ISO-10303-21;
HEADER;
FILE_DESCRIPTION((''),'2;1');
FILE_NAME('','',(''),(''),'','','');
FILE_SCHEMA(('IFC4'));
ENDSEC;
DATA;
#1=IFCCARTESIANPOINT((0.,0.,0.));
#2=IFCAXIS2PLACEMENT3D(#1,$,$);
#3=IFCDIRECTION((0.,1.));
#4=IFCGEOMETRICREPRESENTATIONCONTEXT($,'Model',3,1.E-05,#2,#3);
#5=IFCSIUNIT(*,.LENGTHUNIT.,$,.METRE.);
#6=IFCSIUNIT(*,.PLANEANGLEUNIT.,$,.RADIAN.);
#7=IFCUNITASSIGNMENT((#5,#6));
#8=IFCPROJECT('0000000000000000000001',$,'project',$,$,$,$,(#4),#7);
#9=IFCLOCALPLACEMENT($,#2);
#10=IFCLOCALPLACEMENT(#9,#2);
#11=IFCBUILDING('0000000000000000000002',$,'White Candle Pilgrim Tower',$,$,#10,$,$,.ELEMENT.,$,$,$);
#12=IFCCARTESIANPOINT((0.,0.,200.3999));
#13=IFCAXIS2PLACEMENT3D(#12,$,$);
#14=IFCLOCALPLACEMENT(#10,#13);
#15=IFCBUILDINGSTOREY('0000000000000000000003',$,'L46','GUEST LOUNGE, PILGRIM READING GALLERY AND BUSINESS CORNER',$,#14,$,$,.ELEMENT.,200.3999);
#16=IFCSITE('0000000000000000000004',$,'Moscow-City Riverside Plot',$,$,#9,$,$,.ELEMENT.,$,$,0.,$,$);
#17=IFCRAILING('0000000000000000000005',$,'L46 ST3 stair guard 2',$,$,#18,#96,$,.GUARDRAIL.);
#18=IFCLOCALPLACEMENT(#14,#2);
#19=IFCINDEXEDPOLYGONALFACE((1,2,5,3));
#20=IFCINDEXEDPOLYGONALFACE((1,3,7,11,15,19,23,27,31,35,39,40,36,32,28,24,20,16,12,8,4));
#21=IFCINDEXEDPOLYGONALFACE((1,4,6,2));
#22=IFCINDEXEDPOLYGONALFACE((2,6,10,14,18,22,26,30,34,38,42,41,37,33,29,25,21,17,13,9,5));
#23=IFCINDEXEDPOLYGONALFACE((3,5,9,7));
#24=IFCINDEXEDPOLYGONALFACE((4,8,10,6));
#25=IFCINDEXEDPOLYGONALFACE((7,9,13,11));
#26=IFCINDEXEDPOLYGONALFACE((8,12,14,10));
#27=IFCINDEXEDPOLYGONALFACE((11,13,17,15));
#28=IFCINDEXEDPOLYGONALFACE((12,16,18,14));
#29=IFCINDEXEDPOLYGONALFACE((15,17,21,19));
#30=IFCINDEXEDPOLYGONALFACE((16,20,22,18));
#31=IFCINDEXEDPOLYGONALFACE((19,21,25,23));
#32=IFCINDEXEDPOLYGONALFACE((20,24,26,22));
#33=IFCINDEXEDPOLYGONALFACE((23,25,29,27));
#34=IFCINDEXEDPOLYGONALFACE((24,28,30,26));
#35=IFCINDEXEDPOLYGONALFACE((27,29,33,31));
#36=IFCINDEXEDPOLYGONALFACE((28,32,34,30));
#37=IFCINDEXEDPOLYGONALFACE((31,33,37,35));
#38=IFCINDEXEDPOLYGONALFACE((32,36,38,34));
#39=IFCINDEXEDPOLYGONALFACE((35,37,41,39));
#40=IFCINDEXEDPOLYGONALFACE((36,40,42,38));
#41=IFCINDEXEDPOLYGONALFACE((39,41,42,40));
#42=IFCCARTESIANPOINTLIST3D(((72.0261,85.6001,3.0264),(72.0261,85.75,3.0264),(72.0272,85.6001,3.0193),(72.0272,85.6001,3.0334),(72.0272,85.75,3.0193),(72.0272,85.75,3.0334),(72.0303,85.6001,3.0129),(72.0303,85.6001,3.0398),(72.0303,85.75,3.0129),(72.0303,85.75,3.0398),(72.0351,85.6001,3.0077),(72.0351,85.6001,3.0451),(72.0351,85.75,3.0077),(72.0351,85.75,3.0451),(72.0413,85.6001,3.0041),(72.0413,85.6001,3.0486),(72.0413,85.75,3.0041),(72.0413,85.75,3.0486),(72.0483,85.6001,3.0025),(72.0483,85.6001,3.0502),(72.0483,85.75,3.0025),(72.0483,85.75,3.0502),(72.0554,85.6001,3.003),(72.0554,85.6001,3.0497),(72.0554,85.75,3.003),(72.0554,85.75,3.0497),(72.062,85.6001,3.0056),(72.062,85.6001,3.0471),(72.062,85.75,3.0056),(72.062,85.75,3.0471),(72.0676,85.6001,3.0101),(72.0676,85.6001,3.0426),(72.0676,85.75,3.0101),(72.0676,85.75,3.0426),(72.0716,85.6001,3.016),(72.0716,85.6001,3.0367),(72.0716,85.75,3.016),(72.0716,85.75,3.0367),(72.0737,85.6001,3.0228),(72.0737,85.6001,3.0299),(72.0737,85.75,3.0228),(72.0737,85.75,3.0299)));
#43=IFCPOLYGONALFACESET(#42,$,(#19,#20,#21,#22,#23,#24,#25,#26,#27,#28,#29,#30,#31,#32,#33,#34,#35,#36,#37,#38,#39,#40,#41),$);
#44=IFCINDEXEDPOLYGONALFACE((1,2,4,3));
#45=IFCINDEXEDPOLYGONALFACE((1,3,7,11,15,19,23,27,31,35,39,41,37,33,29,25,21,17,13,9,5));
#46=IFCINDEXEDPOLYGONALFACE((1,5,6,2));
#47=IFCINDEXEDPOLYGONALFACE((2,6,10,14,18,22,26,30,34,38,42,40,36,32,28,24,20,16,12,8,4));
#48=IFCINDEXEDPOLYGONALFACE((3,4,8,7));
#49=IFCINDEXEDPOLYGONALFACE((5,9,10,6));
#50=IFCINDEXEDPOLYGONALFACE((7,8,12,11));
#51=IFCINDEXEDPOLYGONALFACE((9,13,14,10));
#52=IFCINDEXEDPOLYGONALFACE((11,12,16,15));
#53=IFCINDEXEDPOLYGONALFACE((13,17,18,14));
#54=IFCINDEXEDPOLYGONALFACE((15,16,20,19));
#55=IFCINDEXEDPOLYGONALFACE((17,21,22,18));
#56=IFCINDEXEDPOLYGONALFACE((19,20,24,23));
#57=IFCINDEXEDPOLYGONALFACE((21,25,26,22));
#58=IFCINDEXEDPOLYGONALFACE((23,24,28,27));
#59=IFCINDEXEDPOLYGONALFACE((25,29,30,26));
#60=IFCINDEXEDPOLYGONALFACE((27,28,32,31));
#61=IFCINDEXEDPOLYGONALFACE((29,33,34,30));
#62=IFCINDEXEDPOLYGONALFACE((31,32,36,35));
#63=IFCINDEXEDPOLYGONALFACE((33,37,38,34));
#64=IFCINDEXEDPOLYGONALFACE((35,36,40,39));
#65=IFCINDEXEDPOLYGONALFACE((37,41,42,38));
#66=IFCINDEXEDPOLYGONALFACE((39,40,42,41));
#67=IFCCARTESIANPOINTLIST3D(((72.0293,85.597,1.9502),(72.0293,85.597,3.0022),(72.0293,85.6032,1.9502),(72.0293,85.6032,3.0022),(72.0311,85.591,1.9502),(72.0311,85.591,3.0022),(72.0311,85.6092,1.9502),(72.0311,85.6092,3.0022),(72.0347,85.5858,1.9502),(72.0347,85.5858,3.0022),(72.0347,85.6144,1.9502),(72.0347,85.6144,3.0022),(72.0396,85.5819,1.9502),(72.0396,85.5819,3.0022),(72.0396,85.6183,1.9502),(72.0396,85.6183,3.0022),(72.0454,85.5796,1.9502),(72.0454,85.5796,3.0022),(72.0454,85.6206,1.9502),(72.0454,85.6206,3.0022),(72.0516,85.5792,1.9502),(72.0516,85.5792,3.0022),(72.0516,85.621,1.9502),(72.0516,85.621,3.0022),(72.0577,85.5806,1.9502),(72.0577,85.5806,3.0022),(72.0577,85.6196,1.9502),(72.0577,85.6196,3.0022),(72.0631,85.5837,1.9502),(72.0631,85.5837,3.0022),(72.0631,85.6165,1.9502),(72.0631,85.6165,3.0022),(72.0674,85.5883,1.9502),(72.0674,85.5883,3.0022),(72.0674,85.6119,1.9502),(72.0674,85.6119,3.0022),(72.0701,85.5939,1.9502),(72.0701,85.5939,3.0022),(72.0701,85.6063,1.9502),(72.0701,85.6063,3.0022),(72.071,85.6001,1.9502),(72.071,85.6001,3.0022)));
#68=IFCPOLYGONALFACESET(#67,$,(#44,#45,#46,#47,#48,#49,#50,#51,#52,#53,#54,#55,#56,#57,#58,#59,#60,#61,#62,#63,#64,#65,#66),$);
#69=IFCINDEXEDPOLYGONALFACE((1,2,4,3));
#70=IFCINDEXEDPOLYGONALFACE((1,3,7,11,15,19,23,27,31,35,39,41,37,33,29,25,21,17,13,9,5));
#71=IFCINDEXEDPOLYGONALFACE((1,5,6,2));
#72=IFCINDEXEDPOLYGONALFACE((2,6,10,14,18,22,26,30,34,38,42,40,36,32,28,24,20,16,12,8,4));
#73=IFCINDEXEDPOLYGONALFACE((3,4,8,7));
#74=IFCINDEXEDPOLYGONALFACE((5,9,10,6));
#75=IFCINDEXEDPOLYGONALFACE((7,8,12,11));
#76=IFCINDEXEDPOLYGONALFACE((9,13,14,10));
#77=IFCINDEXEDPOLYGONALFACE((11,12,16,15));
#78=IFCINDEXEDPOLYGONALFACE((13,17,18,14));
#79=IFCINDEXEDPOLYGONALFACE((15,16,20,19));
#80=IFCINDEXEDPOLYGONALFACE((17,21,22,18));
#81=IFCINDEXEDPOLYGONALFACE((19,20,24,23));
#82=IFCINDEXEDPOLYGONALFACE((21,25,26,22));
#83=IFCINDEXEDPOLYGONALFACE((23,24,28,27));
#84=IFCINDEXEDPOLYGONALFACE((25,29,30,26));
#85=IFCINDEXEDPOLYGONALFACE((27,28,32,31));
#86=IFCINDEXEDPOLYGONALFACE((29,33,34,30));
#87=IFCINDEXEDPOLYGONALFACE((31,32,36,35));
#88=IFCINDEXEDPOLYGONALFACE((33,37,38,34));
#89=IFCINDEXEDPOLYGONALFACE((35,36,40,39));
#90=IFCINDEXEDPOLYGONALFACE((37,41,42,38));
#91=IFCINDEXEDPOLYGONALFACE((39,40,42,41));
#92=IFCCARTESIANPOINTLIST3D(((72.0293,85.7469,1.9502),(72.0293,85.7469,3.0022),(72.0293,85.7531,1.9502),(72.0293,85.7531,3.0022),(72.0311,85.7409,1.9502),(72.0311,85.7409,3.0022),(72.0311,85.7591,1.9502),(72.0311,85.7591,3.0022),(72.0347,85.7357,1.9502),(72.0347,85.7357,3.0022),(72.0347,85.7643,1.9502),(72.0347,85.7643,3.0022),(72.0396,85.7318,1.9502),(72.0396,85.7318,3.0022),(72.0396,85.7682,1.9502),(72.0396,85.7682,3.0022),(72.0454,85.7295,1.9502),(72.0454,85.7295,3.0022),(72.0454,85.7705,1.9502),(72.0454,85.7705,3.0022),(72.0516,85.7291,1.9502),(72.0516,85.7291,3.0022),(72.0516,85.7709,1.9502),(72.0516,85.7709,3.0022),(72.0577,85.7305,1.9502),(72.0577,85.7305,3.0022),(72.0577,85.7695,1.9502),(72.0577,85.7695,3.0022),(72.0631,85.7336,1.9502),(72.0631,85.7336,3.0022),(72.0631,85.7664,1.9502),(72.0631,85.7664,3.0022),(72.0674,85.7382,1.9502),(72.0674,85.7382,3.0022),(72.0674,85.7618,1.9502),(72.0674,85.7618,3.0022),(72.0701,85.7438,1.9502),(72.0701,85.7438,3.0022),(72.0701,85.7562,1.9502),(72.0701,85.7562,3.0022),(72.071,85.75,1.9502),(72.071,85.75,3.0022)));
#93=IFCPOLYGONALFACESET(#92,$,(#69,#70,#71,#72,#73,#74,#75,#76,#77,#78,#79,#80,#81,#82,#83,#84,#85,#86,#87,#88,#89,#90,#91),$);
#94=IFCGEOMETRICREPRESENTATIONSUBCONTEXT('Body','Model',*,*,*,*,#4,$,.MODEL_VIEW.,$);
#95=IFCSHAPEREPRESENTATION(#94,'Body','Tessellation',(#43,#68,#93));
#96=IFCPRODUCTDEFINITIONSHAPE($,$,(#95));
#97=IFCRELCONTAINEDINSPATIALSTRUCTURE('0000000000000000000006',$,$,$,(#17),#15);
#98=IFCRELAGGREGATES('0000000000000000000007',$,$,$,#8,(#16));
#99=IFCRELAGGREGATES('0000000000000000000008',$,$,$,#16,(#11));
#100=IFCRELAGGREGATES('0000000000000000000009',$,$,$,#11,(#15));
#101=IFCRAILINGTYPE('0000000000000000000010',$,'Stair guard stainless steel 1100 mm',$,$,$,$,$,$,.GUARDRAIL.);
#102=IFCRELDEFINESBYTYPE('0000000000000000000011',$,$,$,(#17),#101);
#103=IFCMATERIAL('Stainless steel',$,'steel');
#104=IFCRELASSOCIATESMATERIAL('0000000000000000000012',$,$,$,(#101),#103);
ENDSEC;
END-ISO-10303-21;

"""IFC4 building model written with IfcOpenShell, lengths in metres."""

from ifc_helpers import new_model, si_unit, direction, frame, origin, origin_2d, place, context, subcontext, project, spatial, circle, extrude, material, type_object, element, save


model = new_model("IFC4")

# Units and contexts
model_context = context("Model", 3, precision=1e-05, world=origin(), true_north=direction((0.0, 1.0)))
body_context = subcontext(model_context, "Body", "Model", "MODEL_VIEW")
ifc_project = project(units=[si_unit("LENGTHUNIT", "METRE"), si_unit("PLANEANGLEUNIT", "RADIAN")], contexts=[model_context])

# Site, building, storey
site_placement = place(None, origin())
site = spatial("IfcSite", under=ifc_project, at=site_placement, Name="Moscow-City Riverside Plot", CompositionType="ELEMENT", RefElevation=0.0)
building_placement = place(site_placement, origin())
building = spatial("IfcBuilding", under=site, at=building_placement, Name="White Candle Pilgrim Tower", CompositionType="ELEMENT")
storey_placement = place(building_placement, frame((0.0, 0.0, 200.3999)))
storey = spatial("IfcBuildingStorey", under=building, at=storey_placement, Name="L46", Description="GUEST LOUNGE, PILGRIM READING GALLERY AND BUSINESS CORNER", CompositionType="ELEMENT", Elevation=200.3999)

# Shared definitions
ifc_material_1 = material(Name="Stainless steel", Category="steel")

# Railing
railing_type_1 = type_object("IfcRailingType", Name="Stair guard stainless steel 1100 mm", PredefinedType="GUARDRAIL", material=ifc_material_1)
railing_1_placement = place(storey_placement, frame((72.05, 85.6001, 1.9502)))
element("IfcRailing", 1, at=railing_1_placement, inside=storey, type_object=railing_type_1, Name="L46 ST3 stair guard 2", PredefinedType="GUARDRAIL", context=body_context, shape_type="SweptSolid", body=[
    extrude(circle(Radius=0.0239, at=origin_2d()), frame((0.0, 0.0, 1.0762), z_axis=(0.0, 1.0, 0.0), x_axis=(-1.0, 0.0, 0.0)), (0.0, 0.0, 1.0), 0.1499),
    extrude(circle(Radius=0.021, at=origin_2d()), origin(), (0.0, 0.0, 1.0), 1.052),
    extrude(circle(Radius=0.021, at=origin_2d()), frame((0.0, 0.1499, 0.0)), (0.0, 0.0, 1.0), 1.052),
])

save(model, "model.ifc")
